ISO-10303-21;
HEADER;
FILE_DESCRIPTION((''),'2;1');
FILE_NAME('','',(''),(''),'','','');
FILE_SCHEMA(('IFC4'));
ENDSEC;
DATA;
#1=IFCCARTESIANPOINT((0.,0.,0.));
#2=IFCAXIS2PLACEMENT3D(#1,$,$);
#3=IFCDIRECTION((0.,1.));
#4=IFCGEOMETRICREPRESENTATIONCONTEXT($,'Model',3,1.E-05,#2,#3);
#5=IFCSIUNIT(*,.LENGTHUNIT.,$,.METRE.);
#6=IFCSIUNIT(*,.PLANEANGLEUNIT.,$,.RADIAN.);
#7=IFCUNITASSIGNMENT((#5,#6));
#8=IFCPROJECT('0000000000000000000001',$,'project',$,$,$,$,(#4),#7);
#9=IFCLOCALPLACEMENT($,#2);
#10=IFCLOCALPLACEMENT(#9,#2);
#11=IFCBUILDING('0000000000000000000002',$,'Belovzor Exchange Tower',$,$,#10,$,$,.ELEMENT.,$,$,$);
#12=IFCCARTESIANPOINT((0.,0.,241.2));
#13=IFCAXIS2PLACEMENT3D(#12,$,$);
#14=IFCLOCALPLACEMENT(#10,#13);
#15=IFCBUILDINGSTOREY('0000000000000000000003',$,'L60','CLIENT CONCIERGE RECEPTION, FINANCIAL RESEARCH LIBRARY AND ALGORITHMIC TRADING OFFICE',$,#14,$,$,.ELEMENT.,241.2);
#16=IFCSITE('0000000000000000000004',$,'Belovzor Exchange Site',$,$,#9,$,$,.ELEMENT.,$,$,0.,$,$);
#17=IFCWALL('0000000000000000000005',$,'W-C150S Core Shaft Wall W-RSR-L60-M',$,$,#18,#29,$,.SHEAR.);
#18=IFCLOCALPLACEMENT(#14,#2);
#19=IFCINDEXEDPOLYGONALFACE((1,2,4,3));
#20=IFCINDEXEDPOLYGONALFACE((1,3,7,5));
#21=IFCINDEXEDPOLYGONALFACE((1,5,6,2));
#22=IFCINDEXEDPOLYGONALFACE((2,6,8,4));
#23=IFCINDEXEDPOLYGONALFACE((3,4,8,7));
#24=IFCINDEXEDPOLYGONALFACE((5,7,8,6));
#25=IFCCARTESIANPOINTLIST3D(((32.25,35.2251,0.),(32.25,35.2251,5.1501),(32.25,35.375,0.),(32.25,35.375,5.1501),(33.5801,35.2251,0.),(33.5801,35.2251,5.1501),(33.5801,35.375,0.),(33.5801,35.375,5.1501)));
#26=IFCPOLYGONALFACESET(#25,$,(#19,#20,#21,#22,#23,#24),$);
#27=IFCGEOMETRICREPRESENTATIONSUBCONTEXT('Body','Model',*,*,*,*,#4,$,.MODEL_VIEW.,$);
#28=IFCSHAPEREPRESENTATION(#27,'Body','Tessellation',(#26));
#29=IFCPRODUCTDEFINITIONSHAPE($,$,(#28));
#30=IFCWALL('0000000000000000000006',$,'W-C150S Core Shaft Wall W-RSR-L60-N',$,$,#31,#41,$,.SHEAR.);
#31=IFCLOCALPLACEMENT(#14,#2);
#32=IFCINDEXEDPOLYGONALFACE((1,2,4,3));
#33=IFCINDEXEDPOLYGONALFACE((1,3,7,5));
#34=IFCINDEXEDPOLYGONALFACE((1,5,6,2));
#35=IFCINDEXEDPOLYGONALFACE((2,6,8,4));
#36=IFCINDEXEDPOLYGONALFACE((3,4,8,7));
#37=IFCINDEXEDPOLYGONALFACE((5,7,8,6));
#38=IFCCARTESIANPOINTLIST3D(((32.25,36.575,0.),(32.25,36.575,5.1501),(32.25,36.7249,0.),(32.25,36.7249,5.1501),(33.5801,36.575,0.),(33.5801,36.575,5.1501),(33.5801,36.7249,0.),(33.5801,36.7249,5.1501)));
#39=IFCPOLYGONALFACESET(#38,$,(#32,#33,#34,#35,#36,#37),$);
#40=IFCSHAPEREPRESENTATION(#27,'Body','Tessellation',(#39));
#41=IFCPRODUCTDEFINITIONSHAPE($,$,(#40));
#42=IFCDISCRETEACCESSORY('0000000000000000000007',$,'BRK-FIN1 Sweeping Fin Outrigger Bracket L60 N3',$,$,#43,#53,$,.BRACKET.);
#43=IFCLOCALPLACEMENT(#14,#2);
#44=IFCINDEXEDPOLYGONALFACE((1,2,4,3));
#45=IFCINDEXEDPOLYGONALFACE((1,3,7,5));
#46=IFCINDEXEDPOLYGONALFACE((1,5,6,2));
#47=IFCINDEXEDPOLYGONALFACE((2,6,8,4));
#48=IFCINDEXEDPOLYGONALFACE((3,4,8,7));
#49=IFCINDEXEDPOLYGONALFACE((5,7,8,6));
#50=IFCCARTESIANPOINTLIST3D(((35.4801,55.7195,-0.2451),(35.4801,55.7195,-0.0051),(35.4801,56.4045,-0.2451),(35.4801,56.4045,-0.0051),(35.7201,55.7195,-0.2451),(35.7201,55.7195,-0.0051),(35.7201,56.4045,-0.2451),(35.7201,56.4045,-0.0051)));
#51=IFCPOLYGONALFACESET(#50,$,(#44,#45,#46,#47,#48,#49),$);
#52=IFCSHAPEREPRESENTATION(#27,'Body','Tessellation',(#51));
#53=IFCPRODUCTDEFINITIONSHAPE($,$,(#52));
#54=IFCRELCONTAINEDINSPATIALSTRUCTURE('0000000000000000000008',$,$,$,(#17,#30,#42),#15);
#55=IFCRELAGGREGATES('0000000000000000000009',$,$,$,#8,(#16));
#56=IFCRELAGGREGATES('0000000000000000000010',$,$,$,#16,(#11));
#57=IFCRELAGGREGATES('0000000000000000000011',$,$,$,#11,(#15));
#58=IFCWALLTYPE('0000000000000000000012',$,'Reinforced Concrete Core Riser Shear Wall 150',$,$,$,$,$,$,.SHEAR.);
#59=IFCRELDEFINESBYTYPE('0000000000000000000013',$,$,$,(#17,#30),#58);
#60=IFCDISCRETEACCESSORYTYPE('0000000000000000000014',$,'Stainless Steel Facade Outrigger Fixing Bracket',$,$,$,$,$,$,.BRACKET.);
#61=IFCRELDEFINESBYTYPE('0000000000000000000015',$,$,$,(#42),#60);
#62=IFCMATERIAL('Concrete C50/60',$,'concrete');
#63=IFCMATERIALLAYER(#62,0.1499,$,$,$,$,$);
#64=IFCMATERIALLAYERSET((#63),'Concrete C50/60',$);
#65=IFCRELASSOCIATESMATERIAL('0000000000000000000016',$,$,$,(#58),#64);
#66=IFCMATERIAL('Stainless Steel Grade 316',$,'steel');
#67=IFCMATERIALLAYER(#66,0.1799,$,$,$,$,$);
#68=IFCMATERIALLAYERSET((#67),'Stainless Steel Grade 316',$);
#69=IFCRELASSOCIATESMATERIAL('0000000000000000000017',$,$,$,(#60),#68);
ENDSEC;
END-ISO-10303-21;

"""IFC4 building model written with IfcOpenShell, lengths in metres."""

from ifc_helpers import new_model, si_unit, direction, frame, frame_2d, origin, origin_2d, place, context, subcontext, project, spatial, rectangle, extrude, material, layer, layer_set, type_object, element, save


model = new_model("IFC4")

# Units and contexts
model_context = context("Model", 3, precision=1e-05, world=origin(), true_north=direction((0.0, 1.0)))
body_context = subcontext(model_context, "Body", "Model", "MODEL_VIEW")
ifc_project = project(units=[si_unit("LENGTHUNIT", "METRE"), si_unit("PLANEANGLEUNIT", "RADIAN")], contexts=[model_context])

# Site, building, storey
site_placement = place(None, origin())
site = spatial("IfcSite", under=ifc_project, at=site_placement, Name="Belovzor Exchange Site", CompositionType="ELEMENT", RefElevation=0.0)
building_placement = place(site_placement, origin())
building = spatial("IfcBuilding", under=site, at=building_placement, Name="Belovzor Exchange Tower", CompositionType="ELEMENT")
storey_placement = place(building_placement, frame((0.0, 0.0, 241.2)))
storey = spatial("IfcBuildingStorey", under=building, at=storey_placement, Name="L60", Description="CLIENT CONCIERGE RECEPTION, FINANCIAL RESEARCH LIBRARY AND ALGORITHMIC TRADING OFFICE", CompositionType="ELEMENT", Elevation=241.2)

# Walls
ifc_material_1 = material(Name="Concrete C50/60", Category="concrete")
ifc_layer_1 = layer(ifc_material_1, 0.1499)
ifc_layer_set_1 = layer_set([ifc_layer_1], Name="Concrete C50/60")
wall_type_1 = type_object("IfcWallType", Name="Reinforced Concrete Core Riser Shear Wall 150", PredefinedType="SHEAR", material=ifc_layer_set_1)
for number, where, z_axis, x_axis, name in (
    (1, (32.25, 35.3, 0.0), (0.0, 0.0, 1.0), (1.0, 0.0, 0.0), "W-C150S Core Shaft Wall W-RSR-L60-M"),
    (2, (32.25, 36.6499, 0.0), (0.0, 0.0, 1.0), (1.0, 0.0, 0.0), "W-C150S Core Shaft Wall W-RSR-L60-N"),
):
    element("IfcWall", number, at=place(storey_placement, frame(where, z_axis=z_axis, x_axis=x_axis)), inside=storey, type_object=wall_type_1, Name=name, PredefinedType="SHEAR", context=body_context, shape_type="SweptSolid", body=[
        extrude(rectangle(XDim=1.3301, YDim=0.1499, at=frame_2d((0.665, 0.0))), origin(), (0.0, 0.0, 1.0), 5.1501),
    ])

# Discrete accessory
ifc_material_2 = material(Name="Stainless Steel Grade 316", Category="steel")
ifc_layer_2 = layer(ifc_material_2, 0.1799)
ifc_layer_set_2 = layer_set([ifc_layer_2], Name="Stainless Steel Grade 316")
discrete_accessory_type = type_object("IfcDiscreteAccessoryType", Name="Stainless Steel Facade Outrigger Fixing Bracket", PredefinedType="BRACKET", material=ifc_layer_set_2)
discrete_accessory_placement = place(storey_placement, frame((35.6001, 56.062, -0.2451), z_axis=(0.0, 0.0, 1.0), x_axis=(0.0, 1.0, 0.0)))
element("IfcDiscreteAccessory", 3, at=discrete_accessory_placement, inside=storey, type_object=discrete_accessory_type, Name="BRK-FIN1 Sweeping Fin Outrigger Bracket L60 N3", PredefinedType="BRACKET", context=body_context, shape_type="SweptSolid", body=[
    extrude(rectangle(XDim=0.6851, YDim=0.24, at=origin_2d()), origin(), (0.0, 0.0, 1.0), 0.24),
])

save(model, "model.ifc")
